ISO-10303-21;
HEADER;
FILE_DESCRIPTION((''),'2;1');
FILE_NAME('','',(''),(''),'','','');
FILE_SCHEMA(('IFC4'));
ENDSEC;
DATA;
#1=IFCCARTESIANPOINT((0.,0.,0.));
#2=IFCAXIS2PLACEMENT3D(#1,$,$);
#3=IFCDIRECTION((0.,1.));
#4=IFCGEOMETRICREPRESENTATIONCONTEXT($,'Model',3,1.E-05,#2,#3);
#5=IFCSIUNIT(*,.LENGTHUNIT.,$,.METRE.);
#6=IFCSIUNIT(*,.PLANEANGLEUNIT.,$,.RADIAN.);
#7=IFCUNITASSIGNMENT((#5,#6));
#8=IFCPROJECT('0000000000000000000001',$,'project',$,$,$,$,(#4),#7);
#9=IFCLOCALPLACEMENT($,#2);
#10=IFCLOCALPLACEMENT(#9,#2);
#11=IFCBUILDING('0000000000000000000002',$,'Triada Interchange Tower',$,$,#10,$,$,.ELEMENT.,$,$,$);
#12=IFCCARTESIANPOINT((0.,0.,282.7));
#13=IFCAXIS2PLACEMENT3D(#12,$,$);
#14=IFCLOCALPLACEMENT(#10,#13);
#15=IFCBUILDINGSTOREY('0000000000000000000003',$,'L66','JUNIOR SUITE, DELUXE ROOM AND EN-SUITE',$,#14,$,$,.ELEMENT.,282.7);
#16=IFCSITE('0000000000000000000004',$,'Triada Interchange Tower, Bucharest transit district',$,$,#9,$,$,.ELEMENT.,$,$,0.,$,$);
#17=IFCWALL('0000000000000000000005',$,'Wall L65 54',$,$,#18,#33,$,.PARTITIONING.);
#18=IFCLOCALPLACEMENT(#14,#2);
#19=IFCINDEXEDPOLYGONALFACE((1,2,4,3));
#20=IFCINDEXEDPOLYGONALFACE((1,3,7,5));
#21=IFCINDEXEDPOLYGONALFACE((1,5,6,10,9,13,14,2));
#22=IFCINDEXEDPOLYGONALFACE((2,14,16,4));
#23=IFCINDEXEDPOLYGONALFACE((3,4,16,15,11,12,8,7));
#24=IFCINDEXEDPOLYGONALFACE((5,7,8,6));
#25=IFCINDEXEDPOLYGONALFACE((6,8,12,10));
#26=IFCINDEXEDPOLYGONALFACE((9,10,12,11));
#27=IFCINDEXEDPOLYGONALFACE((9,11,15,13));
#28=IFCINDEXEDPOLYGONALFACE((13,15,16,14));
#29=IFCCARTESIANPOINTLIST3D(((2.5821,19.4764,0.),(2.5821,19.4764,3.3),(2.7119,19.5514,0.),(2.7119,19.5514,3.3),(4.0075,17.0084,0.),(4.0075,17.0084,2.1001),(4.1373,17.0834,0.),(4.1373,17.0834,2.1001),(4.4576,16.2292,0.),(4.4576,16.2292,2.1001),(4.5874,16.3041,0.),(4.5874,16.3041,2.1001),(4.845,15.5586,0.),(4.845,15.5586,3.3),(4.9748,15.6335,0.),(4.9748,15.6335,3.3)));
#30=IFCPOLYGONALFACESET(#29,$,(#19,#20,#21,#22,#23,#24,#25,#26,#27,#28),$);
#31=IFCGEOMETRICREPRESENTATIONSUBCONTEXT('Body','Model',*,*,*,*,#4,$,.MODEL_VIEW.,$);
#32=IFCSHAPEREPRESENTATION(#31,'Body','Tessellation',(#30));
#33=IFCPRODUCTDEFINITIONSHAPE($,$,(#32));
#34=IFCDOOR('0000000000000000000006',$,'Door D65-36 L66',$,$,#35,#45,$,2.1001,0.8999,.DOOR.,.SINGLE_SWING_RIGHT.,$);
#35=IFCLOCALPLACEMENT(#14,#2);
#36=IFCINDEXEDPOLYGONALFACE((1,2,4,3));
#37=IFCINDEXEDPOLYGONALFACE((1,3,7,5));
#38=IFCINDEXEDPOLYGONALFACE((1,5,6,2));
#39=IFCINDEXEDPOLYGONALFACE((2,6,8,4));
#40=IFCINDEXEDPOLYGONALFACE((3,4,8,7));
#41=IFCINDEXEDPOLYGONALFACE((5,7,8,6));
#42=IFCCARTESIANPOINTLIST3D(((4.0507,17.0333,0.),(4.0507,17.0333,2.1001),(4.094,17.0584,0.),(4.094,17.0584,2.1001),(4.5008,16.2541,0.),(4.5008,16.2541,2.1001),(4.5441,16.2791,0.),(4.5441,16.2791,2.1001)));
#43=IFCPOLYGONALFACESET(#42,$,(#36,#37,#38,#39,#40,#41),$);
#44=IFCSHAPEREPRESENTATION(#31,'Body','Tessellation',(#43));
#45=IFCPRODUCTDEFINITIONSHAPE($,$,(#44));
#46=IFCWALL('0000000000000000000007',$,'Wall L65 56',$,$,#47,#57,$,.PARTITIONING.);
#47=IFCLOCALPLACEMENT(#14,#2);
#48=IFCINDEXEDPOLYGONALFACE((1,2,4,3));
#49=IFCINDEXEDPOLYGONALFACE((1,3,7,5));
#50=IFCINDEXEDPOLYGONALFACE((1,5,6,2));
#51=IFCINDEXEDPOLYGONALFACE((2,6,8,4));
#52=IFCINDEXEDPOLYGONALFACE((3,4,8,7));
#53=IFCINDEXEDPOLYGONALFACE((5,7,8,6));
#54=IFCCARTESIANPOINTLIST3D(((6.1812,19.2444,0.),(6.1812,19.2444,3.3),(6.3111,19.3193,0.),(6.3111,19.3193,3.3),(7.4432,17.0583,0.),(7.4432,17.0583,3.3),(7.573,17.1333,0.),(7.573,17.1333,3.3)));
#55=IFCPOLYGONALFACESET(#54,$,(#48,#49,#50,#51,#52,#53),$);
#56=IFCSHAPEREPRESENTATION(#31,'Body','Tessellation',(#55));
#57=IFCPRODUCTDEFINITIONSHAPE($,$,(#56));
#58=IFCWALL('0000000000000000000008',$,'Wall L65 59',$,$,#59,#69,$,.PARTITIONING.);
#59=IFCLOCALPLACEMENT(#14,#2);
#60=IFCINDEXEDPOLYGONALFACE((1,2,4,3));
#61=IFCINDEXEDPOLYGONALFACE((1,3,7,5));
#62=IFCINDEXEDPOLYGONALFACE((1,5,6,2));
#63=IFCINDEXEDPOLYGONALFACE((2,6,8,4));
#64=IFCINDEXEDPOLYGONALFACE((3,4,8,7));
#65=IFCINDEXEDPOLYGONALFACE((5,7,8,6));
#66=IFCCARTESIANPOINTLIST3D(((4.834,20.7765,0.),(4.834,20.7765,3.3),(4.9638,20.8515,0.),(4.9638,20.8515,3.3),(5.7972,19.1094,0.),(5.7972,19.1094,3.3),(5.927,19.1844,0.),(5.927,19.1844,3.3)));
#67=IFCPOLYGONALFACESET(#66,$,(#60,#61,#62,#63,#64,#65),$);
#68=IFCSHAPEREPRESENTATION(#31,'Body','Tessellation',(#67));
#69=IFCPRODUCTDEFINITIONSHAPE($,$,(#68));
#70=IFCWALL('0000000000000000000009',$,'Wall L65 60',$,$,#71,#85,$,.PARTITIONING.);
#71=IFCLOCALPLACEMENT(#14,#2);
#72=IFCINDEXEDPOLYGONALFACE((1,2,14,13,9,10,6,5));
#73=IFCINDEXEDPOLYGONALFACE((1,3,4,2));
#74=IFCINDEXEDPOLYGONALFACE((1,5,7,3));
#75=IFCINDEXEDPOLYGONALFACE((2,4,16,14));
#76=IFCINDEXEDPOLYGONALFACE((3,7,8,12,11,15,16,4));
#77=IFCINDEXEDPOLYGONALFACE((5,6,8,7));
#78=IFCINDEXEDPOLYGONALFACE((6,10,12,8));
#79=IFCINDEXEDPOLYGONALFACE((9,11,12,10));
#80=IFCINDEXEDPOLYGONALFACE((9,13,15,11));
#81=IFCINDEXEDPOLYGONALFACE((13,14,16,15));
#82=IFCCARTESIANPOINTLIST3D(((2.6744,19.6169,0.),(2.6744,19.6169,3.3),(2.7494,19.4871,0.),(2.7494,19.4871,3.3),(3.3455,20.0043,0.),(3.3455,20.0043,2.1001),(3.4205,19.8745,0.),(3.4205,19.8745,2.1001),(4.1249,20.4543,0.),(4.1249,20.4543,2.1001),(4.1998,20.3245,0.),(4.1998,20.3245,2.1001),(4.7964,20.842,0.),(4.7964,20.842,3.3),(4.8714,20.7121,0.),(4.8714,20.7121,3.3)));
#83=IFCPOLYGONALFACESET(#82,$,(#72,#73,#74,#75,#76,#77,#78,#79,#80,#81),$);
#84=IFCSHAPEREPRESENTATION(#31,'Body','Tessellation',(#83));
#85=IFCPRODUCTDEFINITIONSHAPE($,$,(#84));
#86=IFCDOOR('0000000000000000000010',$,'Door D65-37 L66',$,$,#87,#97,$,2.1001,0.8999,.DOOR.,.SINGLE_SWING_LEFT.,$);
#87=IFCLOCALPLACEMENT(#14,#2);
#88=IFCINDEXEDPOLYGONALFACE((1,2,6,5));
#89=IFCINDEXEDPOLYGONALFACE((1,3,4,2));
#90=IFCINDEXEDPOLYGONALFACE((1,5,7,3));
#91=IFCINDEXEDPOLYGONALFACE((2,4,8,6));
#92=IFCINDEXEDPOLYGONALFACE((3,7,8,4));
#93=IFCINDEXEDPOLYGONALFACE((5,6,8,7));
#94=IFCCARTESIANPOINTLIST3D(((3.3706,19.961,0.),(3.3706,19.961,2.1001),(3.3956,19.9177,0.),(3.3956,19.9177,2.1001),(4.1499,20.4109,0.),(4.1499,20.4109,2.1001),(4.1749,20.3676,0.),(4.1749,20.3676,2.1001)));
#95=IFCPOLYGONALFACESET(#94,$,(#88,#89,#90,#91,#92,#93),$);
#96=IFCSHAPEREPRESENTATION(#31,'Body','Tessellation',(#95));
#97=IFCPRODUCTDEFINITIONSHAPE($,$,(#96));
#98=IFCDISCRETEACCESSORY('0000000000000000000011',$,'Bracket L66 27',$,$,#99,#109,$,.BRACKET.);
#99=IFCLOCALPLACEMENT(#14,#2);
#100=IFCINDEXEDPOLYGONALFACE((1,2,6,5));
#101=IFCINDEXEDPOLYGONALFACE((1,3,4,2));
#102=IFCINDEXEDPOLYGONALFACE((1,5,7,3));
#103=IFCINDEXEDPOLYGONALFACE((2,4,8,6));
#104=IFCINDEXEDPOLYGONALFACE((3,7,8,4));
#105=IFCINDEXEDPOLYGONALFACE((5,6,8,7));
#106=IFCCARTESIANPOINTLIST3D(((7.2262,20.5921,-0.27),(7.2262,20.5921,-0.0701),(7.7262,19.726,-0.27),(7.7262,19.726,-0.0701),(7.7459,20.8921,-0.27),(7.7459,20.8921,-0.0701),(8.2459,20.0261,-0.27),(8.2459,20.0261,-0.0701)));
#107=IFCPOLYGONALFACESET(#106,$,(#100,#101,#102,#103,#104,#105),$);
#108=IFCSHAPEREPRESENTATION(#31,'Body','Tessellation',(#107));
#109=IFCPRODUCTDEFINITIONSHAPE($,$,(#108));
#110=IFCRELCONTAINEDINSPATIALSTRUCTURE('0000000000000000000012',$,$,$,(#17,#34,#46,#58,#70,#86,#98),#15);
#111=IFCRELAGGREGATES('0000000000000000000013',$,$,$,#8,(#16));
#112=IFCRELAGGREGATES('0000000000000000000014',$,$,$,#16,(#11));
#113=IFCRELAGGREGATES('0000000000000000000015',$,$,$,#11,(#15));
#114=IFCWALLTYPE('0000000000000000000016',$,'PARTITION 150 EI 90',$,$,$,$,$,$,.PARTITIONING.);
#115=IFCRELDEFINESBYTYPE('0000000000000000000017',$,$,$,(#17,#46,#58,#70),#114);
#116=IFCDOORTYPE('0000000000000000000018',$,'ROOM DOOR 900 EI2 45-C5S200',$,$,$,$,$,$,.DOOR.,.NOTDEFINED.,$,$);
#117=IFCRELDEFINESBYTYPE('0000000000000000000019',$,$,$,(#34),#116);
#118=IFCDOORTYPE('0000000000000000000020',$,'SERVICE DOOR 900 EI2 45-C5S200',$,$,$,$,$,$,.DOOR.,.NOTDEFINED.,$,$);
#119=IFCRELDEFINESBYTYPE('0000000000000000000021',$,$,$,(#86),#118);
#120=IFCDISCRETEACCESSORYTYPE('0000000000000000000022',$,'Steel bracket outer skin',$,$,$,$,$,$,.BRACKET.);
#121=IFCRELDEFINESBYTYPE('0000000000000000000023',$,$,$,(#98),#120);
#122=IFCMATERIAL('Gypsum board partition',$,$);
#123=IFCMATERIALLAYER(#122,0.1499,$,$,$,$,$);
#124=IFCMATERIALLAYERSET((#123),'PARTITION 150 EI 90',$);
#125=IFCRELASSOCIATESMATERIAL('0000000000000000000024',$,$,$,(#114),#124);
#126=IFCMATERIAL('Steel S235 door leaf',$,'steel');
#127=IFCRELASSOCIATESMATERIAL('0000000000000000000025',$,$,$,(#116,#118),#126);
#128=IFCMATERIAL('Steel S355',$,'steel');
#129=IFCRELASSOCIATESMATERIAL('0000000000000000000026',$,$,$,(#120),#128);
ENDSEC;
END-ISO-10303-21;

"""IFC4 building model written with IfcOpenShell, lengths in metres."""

from ifc_helpers import new_model, si_unit, direction, frame, frame_2d, origin, origin_2d, place, context, subcontext, project, spatial, rectangle, extrude, material, layer, layer_set, type_object, element, fill, save


model = new_model("IFC4")

# Units and contexts
model_context = context("Model", 3, precision=1e-05, world=origin(), true_north=direction((0.0, 1.0)))
body_context = subcontext(model_context, "Body", "Model", "MODEL_VIEW")
ifc_project = project(units=[si_unit("LENGTHUNIT", "METRE"), si_unit("PLANEANGLEUNIT", "RADIAN")], contexts=[model_context])

# Site, building, storey
site_placement = place(None, origin())
site = spatial("IfcSite", under=ifc_project, at=site_placement, Name="Triada Interchange Tower, Bucharest transit district", CompositionType="ELEMENT", RefElevation=0.0)
building_placement = place(site_placement, origin())
building = spatial("IfcBuilding", under=site, at=building_placement, Name="Triada Interchange Tower", CompositionType="ELEMENT")
storey_placement = place(building_placement, frame((0.0, 0.0, 282.7)))
storey = spatial("IfcBuildingStorey", under=building, at=storey_placement, Name="L66", Description="JUNIOR SUITE, DELUXE ROOM AND EN-SUITE", CompositionType="ELEMENT", Elevation=282.7)

# Shared definitions
ifc_material_1 = material(Name="Gypsum board partition")

# Shared definitions
ifc_material_2 = material(Name="Steel S235 door leaf", Category="steel")

# Wall, opening, door
ifc_layer_1 = layer(ifc_material_1, 0.1499)
ifc_layer_set_1 = layer_set([ifc_layer_1], Name="PARTITION 150 EI 90")
wall_type_1 = type_object("IfcWallType", Name="PARTITION 150 EI 90", PredefinedType="PARTITIONING", material=ifc_layer_set_1)
wall_1_placement = place(storey_placement, frame((2.647, 19.5139, 0.0), z_axis=(0.0, 0.0, 1.0), x_axis=(0.500149, -0.865939, 0.0)))
wall_1 = element("IfcWall", 1, at=wall_1_placement, inside=storey, type_object=wall_type_1, Name="Wall L65 54", PredefinedType="PARTITIONING", context=body_context, shape_type="SweptSolid", body=[
    extrude(rectangle(XDim=4.5244, YDim=0.1499, at=frame_2d((2.2622, 0.0))), origin(), (0.0, 0.0, 1.0), 3.3),
])
opening_1_placement = place(wall_1_placement, frame((2.8501, 0.0, 0.0)))
opening_1 = element("IfcOpeningElement", 2, at=opening_1_placement, cuts=wall_1, PredefinedType="OPENING", context=body_context, shape_type="SweptSolid", body=[
    extrude(rectangle(XDim=0.8999, YDim=2.1001, at=frame_2d((0.45, 1.05))), frame((0.0, 0.085, 0.0), z_axis=(0.0, -1.0, 0.0), x_axis=(1.0, 0.0, 0.0)), (0.0, 0.0, 1.0), 0.1699),
])
door_type_1 = type_object("IfcDoorType", Name="ROOM DOOR 900 EI2 45-C5S200", OperationType="NOTDEFINED", PredefinedType="DOOR", material=ifc_material_2)
door_1_placement = place(opening_1_placement, origin())
door_1 = element("IfcDoor", 3, at=door_1_placement, inside=storey, type_object=door_type_1, Name="Door D65-36 L66", OperationType="SINGLE_SWING_RIGHT", OverallHeight=2.1001, OverallWidth=0.8999, PredefinedType="DOOR", context=body_context, shape_type="SweptSolid", body=[
    extrude(rectangle(XDim=0.8999, YDim=2.1001, at=frame_2d((0.45, 1.05))), frame((0.0, 0.0249, 0.0), z_axis=(0.0, -1.0, 0.0), x_axis=(1.0, 0.0, 0.0)), (0.0, 0.0, 1.0), 0.05),
])
fill(opening_1, door_1)

# Walls
wall_2_placement = place(storey_placement, frame((6.2461, 19.282, 0.0), z_axis=(0.0, 0.0, 1.0), x_axis=(0.499957, -0.86605, 0.0)))
element("IfcWall", 4, at=wall_2_placement, inside=storey, type_object=wall_type_1, Name="Wall L65 56", PredefinedType="PARTITIONING", context=body_context, shape_type="SweptSolid", body=[
    extrude(rectangle(XDim=2.5242, YDim=0.1499, at=frame_2d((1.2622, 0.0))), origin(), (0.0, 0.0, 1.0), 3.3),
])
wall_3_placement = place(storey_placement, frame((4.8989, 20.814, 0.0), z_axis=(0.0, 0.0, 1.0), x_axis=(0.500271, -0.865869, 0.0)))
element("IfcWall", 5, at=wall_3_placement, inside=storey, type_object=wall_type_1, Name="Wall L65 59", PredefinedType="PARTITIONING", context=body_context, shape_type="SweptSolid", body=[
    extrude(rectangle(XDim=1.9253, YDim=0.1499, at=frame_2d((0.9626, 0.0))), origin(), (0.0, 0.0, 1.0), 3.3),
])

# Wall, opening, door
wall_4_placement = place(storey_placement, frame((2.7119, 19.552, 0.0), z_axis=(0.0, 0.0, 1.0), x_axis=(0.86604, 0.499975, 0.0)))
wall_4 = element("IfcWall", 6, at=wall_4_placement, inside=storey, type_object=wall_type_1, Name="Wall L65 60", PredefinedType="PARTITIONING", context=body_context, shape_type="SweptSolid", body=[
    extrude(rectangle(XDim=2.4502, YDim=0.1499, at=frame_2d((1.2251, 0.0))), origin(), (0.0, 0.0, 1.0), 3.3),
])
opening_2_placement = place(wall_4_placement, frame((0.7749, 0.0, 0.0)))
opening_2 = element("IfcOpeningElement", 7, at=opening_2_placement, cuts=wall_4, PredefinedType="OPENING", context=body_context, shape_type="SweptSolid", body=[
    extrude(rectangle(XDim=0.8999, YDim=2.1001, at=frame_2d((0.45, 1.05))), frame((0.0, 0.085, 0.0), z_axis=(0.0, -1.0, 0.0), x_axis=(1.0, 0.0, 0.0)), (0.0, 0.0, 1.0), 0.1699),
])
door_type_2 = type_object("IfcDoorType", Name="SERVICE DOOR 900 EI2 45-C5S200", OperationType="NOTDEFINED", PredefinedType="DOOR", material=ifc_material_2)
door_2_placement = place(opening_2_placement, origin())
door_2 = element("IfcDoor", 8, at=door_2_placement, inside=storey, type_object=door_type_2, Name="Door D65-37 L66", OperationType="SINGLE_SWING_LEFT", OverallHeight=2.1001, OverallWidth=0.8999, PredefinedType="DOOR", context=body_context, shape_type="SweptSolid", body=[
    extrude(rectangle(XDim=0.8999, YDim=2.1001, at=frame_2d((0.45, 1.05))), frame((0.0, 0.0249, 0.0), z_axis=(0.0, -1.0, 0.0), x_axis=(1.0, 0.0, 0.0)), (0.0, 0.0, 1.0), 0.05),
])
fill(opening_2, door_2)

# Discrete accessory
ifc_material_3 = material(Name="Steel S355", Category="steel")
discrete_accessory_type = type_object("IfcDiscreteAccessoryType", Name="Steel bracket outer skin", PredefinedType="BRACKET", material=ifc_material_3)
discrete_accessory_placement = place(storey_placement, frame((7.7361, 20.3091, -0.27), z_axis=(0.0, 0.0, 1.0), x_axis=(0.866024, 0.500002, 0.0)))
element("IfcDiscreteAccessory", 9, at=discrete_accessory_placement, inside=storey, type_object=discrete_accessory_type, Name="Bracket L66 27", PredefinedType="BRACKET", context=body_context, shape_type="SweptSolid", body=[
    extrude(rectangle(XDim=0.6001, YDim=1.0, at=origin_2d()), origin(), (0.0, 0.0, 1.0), 0.2),
])

save(model, "model.ifc")
